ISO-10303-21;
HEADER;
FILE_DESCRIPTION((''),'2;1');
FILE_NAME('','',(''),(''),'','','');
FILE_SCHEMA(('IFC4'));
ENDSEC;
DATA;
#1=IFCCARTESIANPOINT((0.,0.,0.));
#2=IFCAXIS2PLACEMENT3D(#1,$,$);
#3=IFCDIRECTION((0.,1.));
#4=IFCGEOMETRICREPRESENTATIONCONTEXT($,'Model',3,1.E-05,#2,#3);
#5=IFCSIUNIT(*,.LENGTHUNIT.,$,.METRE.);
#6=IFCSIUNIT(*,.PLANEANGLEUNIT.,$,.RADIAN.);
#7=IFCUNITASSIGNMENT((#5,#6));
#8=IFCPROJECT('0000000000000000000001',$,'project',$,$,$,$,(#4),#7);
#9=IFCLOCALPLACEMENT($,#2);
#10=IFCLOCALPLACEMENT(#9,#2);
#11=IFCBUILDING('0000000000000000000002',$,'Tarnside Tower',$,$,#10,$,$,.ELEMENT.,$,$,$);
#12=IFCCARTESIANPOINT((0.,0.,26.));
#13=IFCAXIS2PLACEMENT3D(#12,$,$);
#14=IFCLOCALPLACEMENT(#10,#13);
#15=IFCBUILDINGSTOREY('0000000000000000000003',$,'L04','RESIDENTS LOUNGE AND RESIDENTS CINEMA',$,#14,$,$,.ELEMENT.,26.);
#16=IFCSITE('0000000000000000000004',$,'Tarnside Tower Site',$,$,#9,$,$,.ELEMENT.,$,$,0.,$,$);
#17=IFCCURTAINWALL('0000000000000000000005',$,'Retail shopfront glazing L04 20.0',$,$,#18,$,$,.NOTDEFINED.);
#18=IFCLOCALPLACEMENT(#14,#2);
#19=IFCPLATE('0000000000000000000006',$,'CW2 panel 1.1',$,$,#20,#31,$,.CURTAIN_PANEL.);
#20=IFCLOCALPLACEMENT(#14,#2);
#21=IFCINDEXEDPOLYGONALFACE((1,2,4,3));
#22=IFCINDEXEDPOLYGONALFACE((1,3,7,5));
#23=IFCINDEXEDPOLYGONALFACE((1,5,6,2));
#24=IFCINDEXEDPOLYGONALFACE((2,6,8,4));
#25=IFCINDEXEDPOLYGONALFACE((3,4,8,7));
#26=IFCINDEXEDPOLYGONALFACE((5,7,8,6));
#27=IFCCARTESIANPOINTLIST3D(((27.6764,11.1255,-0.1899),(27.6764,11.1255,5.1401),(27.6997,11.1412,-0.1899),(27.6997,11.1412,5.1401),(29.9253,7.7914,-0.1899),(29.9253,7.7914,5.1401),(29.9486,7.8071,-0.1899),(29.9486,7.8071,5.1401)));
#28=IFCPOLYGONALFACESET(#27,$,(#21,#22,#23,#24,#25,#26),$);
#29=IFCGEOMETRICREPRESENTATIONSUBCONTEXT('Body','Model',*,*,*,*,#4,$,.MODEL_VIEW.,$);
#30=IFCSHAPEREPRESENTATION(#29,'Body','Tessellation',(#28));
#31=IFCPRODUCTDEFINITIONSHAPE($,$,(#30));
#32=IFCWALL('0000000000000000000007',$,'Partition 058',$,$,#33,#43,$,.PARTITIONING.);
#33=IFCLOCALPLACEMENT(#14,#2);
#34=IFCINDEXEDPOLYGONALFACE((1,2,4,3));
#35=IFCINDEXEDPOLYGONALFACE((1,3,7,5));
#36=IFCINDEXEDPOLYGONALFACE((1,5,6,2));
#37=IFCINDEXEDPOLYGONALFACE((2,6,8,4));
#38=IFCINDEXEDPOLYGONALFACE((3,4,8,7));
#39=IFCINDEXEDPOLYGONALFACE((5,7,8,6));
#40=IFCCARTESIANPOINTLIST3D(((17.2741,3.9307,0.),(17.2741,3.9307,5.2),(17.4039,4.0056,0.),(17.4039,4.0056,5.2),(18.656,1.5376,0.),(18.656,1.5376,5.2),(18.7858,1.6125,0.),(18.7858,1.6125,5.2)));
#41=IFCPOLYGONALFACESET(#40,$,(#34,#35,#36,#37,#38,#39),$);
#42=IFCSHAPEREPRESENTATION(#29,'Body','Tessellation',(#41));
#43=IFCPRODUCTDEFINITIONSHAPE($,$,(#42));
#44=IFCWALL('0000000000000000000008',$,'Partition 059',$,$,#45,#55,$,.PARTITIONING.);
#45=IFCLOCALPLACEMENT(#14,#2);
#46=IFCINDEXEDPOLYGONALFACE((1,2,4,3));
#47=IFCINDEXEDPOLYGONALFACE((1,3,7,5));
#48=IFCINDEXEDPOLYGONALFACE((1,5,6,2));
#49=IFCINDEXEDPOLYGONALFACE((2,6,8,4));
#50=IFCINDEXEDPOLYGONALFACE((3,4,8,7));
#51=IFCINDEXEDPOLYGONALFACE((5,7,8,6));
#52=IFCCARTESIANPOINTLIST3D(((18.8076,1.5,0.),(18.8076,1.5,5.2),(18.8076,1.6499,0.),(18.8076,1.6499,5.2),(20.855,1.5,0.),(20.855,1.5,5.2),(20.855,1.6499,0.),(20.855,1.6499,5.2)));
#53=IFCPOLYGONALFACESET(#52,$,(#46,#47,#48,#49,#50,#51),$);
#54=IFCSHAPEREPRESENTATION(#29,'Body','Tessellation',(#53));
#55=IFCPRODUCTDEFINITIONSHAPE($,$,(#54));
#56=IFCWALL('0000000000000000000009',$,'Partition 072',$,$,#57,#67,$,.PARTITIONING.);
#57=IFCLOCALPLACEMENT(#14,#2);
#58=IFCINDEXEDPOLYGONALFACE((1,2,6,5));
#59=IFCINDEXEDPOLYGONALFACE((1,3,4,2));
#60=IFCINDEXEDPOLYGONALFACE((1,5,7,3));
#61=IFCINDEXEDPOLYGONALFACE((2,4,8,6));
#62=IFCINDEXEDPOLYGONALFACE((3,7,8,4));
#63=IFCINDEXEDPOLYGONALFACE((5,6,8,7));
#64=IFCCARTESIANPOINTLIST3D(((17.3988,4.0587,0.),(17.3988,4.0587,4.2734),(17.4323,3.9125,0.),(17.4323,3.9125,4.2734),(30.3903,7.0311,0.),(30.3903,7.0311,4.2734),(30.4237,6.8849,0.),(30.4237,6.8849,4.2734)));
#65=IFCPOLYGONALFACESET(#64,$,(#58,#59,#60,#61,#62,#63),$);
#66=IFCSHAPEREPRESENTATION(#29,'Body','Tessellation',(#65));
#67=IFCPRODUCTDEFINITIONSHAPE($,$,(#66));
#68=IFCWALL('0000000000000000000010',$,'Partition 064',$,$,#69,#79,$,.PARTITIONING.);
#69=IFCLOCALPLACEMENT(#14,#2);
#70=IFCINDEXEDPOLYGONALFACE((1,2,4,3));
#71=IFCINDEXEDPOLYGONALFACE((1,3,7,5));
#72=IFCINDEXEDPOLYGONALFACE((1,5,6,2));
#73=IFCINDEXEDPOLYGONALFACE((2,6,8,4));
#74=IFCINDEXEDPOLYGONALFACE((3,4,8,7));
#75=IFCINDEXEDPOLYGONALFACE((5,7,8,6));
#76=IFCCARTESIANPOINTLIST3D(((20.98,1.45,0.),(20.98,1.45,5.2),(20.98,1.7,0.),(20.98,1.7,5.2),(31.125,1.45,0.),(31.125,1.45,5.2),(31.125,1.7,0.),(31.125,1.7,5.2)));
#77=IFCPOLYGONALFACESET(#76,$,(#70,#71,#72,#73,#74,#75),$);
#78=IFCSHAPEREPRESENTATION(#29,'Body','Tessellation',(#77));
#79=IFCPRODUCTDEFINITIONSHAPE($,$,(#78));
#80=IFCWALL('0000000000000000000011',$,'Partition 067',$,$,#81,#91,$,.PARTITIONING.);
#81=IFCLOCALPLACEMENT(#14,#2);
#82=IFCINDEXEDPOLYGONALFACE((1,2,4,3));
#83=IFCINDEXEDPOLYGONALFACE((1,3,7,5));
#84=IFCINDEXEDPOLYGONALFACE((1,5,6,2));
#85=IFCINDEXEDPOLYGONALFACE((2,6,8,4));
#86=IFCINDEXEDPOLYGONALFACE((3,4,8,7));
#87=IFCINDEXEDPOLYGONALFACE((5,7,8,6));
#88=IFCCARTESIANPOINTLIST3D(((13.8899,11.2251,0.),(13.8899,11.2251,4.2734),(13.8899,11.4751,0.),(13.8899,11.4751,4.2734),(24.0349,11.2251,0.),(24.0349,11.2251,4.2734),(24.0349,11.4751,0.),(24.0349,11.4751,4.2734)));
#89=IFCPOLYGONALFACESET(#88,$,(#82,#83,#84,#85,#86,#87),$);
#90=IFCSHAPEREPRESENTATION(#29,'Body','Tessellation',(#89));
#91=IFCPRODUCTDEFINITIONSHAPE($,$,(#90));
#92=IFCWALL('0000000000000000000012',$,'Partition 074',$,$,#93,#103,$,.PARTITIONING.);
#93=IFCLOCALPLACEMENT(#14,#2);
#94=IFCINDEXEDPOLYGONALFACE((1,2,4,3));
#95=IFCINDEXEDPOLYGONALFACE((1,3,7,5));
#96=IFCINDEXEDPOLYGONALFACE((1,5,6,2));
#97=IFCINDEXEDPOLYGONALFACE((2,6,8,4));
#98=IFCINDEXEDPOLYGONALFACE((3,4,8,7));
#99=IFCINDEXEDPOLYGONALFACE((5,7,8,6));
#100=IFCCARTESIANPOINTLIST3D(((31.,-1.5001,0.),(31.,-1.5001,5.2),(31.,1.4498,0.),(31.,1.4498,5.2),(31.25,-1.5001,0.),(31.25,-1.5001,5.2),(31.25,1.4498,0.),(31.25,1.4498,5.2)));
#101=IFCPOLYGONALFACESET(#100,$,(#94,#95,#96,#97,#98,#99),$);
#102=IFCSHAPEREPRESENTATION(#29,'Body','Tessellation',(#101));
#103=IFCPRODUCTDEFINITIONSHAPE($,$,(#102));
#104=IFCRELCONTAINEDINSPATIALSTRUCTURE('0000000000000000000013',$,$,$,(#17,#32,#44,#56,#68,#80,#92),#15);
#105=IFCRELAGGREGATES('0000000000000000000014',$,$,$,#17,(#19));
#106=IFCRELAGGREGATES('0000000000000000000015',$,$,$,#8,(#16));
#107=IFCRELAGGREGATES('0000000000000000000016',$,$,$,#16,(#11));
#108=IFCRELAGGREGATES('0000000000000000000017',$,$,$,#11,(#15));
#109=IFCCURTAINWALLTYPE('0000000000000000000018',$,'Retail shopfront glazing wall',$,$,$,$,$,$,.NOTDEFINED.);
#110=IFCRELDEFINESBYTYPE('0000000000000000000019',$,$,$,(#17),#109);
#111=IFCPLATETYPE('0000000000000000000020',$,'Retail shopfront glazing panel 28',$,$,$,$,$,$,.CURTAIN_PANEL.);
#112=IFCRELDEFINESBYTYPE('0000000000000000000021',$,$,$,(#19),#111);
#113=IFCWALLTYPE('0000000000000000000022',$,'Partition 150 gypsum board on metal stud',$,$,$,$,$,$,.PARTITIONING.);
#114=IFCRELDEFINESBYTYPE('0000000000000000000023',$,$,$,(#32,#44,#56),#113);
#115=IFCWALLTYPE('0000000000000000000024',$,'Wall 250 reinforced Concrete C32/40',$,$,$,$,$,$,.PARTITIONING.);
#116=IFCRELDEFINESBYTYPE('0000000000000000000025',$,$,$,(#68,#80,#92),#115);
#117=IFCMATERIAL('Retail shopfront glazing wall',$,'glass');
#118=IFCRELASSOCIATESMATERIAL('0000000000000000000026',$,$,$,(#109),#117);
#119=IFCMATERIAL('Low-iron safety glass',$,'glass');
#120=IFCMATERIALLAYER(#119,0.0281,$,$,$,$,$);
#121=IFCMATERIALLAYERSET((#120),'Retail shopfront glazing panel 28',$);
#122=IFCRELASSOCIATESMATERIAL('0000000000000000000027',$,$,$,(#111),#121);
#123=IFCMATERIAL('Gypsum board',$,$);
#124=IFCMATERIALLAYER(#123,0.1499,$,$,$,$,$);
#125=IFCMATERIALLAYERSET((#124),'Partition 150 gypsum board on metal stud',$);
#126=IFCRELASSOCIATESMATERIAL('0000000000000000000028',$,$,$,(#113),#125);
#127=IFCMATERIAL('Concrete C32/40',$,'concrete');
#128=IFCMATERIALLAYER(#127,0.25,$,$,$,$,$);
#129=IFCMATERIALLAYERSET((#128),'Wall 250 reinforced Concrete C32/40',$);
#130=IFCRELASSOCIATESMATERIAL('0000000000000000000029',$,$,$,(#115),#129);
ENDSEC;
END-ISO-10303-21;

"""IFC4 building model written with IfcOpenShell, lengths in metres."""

from ifc_helpers import new_model, si_unit, direction, frame, frame_2d, origin, origin_2d, place, context, subcontext, project, spatial, rectangle, extrude, material, layer, layer_set, type_object, element, aggregate, save


model = new_model("IFC4")

# Units and contexts
model_context = context("Model", 3, precision=1e-05, world=origin(), true_north=direction((0.0, 1.0)))
body_context = subcontext(model_context, "Body", "Model", "MODEL_VIEW")
ifc_project = project(units=[si_unit("LENGTHUNIT", "METRE"), si_unit("PLANEANGLEUNIT", "RADIAN")], contexts=[model_context])

# Site, building, storey
site_placement = place(None, origin())
site = spatial("IfcSite", under=ifc_project, at=site_placement, Name="Tarnside Tower Site", CompositionType="ELEMENT", RefElevation=0.0)
building_placement = place(site_placement, origin())
building = spatial("IfcBuilding", under=site, at=building_placement, Name="Tarnside Tower", CompositionType="ELEMENT")
storey_placement = place(building_placement, frame((0.0, 0.0, 26.0)))
storey = spatial("IfcBuildingStorey", under=building, at=storey_placement, Name="L04", Description="RESIDENTS LOUNGE AND RESIDENTS CINEMA", CompositionType="ELEMENT", Elevation=26.0)

# Shared definitions
ifc_material_1 = material(Name="Retail shopfront glazing wall", Category="glass")
curtain_wall_type = type_object("IfcCurtainWallType", Name="Retail shopfront glazing wall", PredefinedType="NOTDEFINED", material=ifc_material_1)

# Curtain wall
curtain_wall_1_placement = place(storey_placement, origin())
curtain_wall_1 = element("IfcCurtainWall", 1, at=curtain_wall_1_placement, inside=storey, type_object=curtain_wall_type, Name="Retail shopfront glazing L04 20.0", PredefinedType="NOTDEFINED")

# Plate
ifc_material_2 = material(Name="Low-iron safety glass", Category="glass")
ifc_layer_1 = layer(ifc_material_2, 0.0281)
ifc_layer_set_1 = layer_set([ifc_layer_1], Name="Retail shopfront glazing panel 28")
plate_type = type_object("IfcPlateType", Name="Retail shopfront glazing panel 28", PredefinedType="CURTAIN_PANEL", material=ifc_layer_set_1)
plate_1_placement = place(storey_placement, frame((28.8125, 9.4663, -0.1899), z_axis=(0.0, 0.0, 1.0), x_axis=(-0.559193, 0.829038, 0.0)))
plate_1 = element("IfcPlate", 2, at=plate_1_placement, type_object=plate_type, Name="CW2 panel 1.1", PredefinedType="CURTAIN_PANEL", context=body_context, shape_type="SweptSolid", body=[
    extrude(rectangle(XDim=4.0217, YDim=0.0281, at=origin_2d()), origin(), (0.0, 0.0, 1.0), 5.3301),
])
aggregate(curtain_wall_1, [plate_1])

# Walls
ifc_material_3 = material(Name="Gypsum board")
ifc_layer_2 = layer(ifc_material_3, 0.1499)
ifc_layer_set_2 = layer_set([ifc_layer_2], Name="Partition 150 gypsum board on metal stud")
wall_type_1 = type_object("IfcWallType", Name="Partition 150 gypsum board on metal stud", PredefinedType="PARTITIONING", material=ifc_layer_set_2)
wall_1_placement = place(storey_placement, frame((18.7209, 1.575, 0.0), z_axis=(0.0, 0.0, 1.0), x_axis=(-0.500054, 0.865994, 0.0)))
element("IfcWall", 3, at=wall_1_placement, inside=storey, type_object=wall_type_1, Name="Partition 058", PredefinedType="PARTITIONING", context=body_context, shape_type="SweptSolid", body=[
    extrude(rectangle(XDim=2.7634, YDim=0.1499, at=frame_2d((1.3818, 0.0))), origin(), (0.0, 0.0, 1.0), 5.2),
])
wall_2_placement = place(storey_placement, frame((18.8076, 1.575, 0.0), z_axis=(0.0, 0.0, 1.0), x_axis=(1.0, 0.0, 0.0)))
element("IfcWall", 4, at=wall_2_placement, inside=storey, type_object=wall_type_1, Name="Partition 059", PredefinedType="PARTITIONING", context=body_context, shape_type="SweptSolid", body=[
    extrude(rectangle(XDim=2.0474, YDim=0.1499, at=frame_2d((1.0237, 0.0))), origin(), (0.0, 0.0, 1.0), 5.2),
])
wall_3_placement = place(storey_placement, frame((30.407, 6.958, 0.0), z_axis=(0.0, 0.0, 1.0), x_axis=(-0.974811, -0.223034, 0.0)))
element("IfcWall", 5, at=wall_3_placement, inside=storey, type_object=wall_type_1, Name="Partition 072", PredefinedType="PARTITIONING", context=body_context, shape_type="SweptSolid", body=[
    extrude(rectangle(XDim=13.3271, YDim=0.1499, at=frame_2d((6.6636, 0.0))), origin(), (0.0, 0.0, 1.0), 4.2734),
])
ifc_material_4 = material(Name="Concrete C32/40", Category="concrete")
ifc_layer_3 = layer(ifc_material_4, 0.25)
ifc_layer_set_3 = layer_set([ifc_layer_3], Name="Wall 250 reinforced Concrete C32/40")
wall_type_2 = type_object("IfcWallType", Name="Wall 250 reinforced Concrete C32/40", PredefinedType="PARTITIONING", material=ifc_layer_set_3)
wall_4_placement = place(storey_placement, frame((20.98, 1.575, 0.0), z_axis=(0.0, 0.0, 1.0), x_axis=(1.0, 0.0, 0.0)))
element("IfcWall", 6, at=wall_4_placement, inside=storey, type_object=wall_type_2, Name="Partition 064", PredefinedType="PARTITIONING", context=body_context, shape_type="SweptSolid", body=[
    extrude(rectangle(XDim=10.145, YDim=0.25, at=frame_2d((5.0725, 0.0))), origin(), (0.0, 0.0, 1.0), 5.2),
])
wall_5_placement = place(storey_placement, frame((24.0349, 11.3501, 0.0), z_axis=(0.0, 0.0, 1.0), x_axis=(-1.0, 0.0, 0.0)))
element("IfcWall", 7, at=wall_5_placement, inside=storey, type_object=wall_type_2, Name="Partition 067", PredefinedType="PARTITIONING", context=body_context, shape_type="SweptSolid", body=[
    extrude(rectangle(XDim=10.145, YDim=0.25, at=frame_2d((5.0725, 0.0))), origin(), (0.0, 0.0, 1.0), 4.2734),
])
wall_6_placement = place(storey_placement, frame((31.125, 1.45, 0.0), z_axis=(0.0, 0.0, 1.0), x_axis=(0.0, -1.0, 0.0)))
element("IfcWall", 8, at=wall_6_placement, inside=storey, type_object=wall_type_2, Name="Partition 074", PredefinedType="PARTITIONING", context=body_context, shape_type="SweptSolid", body=[
    extrude(rectangle(XDim=2.95, YDim=0.25, at=frame_2d((1.4751, 0.0))), origin(), (0.0, 0.0, 1.0), 5.2),
])

save(model, "model.ifc")
